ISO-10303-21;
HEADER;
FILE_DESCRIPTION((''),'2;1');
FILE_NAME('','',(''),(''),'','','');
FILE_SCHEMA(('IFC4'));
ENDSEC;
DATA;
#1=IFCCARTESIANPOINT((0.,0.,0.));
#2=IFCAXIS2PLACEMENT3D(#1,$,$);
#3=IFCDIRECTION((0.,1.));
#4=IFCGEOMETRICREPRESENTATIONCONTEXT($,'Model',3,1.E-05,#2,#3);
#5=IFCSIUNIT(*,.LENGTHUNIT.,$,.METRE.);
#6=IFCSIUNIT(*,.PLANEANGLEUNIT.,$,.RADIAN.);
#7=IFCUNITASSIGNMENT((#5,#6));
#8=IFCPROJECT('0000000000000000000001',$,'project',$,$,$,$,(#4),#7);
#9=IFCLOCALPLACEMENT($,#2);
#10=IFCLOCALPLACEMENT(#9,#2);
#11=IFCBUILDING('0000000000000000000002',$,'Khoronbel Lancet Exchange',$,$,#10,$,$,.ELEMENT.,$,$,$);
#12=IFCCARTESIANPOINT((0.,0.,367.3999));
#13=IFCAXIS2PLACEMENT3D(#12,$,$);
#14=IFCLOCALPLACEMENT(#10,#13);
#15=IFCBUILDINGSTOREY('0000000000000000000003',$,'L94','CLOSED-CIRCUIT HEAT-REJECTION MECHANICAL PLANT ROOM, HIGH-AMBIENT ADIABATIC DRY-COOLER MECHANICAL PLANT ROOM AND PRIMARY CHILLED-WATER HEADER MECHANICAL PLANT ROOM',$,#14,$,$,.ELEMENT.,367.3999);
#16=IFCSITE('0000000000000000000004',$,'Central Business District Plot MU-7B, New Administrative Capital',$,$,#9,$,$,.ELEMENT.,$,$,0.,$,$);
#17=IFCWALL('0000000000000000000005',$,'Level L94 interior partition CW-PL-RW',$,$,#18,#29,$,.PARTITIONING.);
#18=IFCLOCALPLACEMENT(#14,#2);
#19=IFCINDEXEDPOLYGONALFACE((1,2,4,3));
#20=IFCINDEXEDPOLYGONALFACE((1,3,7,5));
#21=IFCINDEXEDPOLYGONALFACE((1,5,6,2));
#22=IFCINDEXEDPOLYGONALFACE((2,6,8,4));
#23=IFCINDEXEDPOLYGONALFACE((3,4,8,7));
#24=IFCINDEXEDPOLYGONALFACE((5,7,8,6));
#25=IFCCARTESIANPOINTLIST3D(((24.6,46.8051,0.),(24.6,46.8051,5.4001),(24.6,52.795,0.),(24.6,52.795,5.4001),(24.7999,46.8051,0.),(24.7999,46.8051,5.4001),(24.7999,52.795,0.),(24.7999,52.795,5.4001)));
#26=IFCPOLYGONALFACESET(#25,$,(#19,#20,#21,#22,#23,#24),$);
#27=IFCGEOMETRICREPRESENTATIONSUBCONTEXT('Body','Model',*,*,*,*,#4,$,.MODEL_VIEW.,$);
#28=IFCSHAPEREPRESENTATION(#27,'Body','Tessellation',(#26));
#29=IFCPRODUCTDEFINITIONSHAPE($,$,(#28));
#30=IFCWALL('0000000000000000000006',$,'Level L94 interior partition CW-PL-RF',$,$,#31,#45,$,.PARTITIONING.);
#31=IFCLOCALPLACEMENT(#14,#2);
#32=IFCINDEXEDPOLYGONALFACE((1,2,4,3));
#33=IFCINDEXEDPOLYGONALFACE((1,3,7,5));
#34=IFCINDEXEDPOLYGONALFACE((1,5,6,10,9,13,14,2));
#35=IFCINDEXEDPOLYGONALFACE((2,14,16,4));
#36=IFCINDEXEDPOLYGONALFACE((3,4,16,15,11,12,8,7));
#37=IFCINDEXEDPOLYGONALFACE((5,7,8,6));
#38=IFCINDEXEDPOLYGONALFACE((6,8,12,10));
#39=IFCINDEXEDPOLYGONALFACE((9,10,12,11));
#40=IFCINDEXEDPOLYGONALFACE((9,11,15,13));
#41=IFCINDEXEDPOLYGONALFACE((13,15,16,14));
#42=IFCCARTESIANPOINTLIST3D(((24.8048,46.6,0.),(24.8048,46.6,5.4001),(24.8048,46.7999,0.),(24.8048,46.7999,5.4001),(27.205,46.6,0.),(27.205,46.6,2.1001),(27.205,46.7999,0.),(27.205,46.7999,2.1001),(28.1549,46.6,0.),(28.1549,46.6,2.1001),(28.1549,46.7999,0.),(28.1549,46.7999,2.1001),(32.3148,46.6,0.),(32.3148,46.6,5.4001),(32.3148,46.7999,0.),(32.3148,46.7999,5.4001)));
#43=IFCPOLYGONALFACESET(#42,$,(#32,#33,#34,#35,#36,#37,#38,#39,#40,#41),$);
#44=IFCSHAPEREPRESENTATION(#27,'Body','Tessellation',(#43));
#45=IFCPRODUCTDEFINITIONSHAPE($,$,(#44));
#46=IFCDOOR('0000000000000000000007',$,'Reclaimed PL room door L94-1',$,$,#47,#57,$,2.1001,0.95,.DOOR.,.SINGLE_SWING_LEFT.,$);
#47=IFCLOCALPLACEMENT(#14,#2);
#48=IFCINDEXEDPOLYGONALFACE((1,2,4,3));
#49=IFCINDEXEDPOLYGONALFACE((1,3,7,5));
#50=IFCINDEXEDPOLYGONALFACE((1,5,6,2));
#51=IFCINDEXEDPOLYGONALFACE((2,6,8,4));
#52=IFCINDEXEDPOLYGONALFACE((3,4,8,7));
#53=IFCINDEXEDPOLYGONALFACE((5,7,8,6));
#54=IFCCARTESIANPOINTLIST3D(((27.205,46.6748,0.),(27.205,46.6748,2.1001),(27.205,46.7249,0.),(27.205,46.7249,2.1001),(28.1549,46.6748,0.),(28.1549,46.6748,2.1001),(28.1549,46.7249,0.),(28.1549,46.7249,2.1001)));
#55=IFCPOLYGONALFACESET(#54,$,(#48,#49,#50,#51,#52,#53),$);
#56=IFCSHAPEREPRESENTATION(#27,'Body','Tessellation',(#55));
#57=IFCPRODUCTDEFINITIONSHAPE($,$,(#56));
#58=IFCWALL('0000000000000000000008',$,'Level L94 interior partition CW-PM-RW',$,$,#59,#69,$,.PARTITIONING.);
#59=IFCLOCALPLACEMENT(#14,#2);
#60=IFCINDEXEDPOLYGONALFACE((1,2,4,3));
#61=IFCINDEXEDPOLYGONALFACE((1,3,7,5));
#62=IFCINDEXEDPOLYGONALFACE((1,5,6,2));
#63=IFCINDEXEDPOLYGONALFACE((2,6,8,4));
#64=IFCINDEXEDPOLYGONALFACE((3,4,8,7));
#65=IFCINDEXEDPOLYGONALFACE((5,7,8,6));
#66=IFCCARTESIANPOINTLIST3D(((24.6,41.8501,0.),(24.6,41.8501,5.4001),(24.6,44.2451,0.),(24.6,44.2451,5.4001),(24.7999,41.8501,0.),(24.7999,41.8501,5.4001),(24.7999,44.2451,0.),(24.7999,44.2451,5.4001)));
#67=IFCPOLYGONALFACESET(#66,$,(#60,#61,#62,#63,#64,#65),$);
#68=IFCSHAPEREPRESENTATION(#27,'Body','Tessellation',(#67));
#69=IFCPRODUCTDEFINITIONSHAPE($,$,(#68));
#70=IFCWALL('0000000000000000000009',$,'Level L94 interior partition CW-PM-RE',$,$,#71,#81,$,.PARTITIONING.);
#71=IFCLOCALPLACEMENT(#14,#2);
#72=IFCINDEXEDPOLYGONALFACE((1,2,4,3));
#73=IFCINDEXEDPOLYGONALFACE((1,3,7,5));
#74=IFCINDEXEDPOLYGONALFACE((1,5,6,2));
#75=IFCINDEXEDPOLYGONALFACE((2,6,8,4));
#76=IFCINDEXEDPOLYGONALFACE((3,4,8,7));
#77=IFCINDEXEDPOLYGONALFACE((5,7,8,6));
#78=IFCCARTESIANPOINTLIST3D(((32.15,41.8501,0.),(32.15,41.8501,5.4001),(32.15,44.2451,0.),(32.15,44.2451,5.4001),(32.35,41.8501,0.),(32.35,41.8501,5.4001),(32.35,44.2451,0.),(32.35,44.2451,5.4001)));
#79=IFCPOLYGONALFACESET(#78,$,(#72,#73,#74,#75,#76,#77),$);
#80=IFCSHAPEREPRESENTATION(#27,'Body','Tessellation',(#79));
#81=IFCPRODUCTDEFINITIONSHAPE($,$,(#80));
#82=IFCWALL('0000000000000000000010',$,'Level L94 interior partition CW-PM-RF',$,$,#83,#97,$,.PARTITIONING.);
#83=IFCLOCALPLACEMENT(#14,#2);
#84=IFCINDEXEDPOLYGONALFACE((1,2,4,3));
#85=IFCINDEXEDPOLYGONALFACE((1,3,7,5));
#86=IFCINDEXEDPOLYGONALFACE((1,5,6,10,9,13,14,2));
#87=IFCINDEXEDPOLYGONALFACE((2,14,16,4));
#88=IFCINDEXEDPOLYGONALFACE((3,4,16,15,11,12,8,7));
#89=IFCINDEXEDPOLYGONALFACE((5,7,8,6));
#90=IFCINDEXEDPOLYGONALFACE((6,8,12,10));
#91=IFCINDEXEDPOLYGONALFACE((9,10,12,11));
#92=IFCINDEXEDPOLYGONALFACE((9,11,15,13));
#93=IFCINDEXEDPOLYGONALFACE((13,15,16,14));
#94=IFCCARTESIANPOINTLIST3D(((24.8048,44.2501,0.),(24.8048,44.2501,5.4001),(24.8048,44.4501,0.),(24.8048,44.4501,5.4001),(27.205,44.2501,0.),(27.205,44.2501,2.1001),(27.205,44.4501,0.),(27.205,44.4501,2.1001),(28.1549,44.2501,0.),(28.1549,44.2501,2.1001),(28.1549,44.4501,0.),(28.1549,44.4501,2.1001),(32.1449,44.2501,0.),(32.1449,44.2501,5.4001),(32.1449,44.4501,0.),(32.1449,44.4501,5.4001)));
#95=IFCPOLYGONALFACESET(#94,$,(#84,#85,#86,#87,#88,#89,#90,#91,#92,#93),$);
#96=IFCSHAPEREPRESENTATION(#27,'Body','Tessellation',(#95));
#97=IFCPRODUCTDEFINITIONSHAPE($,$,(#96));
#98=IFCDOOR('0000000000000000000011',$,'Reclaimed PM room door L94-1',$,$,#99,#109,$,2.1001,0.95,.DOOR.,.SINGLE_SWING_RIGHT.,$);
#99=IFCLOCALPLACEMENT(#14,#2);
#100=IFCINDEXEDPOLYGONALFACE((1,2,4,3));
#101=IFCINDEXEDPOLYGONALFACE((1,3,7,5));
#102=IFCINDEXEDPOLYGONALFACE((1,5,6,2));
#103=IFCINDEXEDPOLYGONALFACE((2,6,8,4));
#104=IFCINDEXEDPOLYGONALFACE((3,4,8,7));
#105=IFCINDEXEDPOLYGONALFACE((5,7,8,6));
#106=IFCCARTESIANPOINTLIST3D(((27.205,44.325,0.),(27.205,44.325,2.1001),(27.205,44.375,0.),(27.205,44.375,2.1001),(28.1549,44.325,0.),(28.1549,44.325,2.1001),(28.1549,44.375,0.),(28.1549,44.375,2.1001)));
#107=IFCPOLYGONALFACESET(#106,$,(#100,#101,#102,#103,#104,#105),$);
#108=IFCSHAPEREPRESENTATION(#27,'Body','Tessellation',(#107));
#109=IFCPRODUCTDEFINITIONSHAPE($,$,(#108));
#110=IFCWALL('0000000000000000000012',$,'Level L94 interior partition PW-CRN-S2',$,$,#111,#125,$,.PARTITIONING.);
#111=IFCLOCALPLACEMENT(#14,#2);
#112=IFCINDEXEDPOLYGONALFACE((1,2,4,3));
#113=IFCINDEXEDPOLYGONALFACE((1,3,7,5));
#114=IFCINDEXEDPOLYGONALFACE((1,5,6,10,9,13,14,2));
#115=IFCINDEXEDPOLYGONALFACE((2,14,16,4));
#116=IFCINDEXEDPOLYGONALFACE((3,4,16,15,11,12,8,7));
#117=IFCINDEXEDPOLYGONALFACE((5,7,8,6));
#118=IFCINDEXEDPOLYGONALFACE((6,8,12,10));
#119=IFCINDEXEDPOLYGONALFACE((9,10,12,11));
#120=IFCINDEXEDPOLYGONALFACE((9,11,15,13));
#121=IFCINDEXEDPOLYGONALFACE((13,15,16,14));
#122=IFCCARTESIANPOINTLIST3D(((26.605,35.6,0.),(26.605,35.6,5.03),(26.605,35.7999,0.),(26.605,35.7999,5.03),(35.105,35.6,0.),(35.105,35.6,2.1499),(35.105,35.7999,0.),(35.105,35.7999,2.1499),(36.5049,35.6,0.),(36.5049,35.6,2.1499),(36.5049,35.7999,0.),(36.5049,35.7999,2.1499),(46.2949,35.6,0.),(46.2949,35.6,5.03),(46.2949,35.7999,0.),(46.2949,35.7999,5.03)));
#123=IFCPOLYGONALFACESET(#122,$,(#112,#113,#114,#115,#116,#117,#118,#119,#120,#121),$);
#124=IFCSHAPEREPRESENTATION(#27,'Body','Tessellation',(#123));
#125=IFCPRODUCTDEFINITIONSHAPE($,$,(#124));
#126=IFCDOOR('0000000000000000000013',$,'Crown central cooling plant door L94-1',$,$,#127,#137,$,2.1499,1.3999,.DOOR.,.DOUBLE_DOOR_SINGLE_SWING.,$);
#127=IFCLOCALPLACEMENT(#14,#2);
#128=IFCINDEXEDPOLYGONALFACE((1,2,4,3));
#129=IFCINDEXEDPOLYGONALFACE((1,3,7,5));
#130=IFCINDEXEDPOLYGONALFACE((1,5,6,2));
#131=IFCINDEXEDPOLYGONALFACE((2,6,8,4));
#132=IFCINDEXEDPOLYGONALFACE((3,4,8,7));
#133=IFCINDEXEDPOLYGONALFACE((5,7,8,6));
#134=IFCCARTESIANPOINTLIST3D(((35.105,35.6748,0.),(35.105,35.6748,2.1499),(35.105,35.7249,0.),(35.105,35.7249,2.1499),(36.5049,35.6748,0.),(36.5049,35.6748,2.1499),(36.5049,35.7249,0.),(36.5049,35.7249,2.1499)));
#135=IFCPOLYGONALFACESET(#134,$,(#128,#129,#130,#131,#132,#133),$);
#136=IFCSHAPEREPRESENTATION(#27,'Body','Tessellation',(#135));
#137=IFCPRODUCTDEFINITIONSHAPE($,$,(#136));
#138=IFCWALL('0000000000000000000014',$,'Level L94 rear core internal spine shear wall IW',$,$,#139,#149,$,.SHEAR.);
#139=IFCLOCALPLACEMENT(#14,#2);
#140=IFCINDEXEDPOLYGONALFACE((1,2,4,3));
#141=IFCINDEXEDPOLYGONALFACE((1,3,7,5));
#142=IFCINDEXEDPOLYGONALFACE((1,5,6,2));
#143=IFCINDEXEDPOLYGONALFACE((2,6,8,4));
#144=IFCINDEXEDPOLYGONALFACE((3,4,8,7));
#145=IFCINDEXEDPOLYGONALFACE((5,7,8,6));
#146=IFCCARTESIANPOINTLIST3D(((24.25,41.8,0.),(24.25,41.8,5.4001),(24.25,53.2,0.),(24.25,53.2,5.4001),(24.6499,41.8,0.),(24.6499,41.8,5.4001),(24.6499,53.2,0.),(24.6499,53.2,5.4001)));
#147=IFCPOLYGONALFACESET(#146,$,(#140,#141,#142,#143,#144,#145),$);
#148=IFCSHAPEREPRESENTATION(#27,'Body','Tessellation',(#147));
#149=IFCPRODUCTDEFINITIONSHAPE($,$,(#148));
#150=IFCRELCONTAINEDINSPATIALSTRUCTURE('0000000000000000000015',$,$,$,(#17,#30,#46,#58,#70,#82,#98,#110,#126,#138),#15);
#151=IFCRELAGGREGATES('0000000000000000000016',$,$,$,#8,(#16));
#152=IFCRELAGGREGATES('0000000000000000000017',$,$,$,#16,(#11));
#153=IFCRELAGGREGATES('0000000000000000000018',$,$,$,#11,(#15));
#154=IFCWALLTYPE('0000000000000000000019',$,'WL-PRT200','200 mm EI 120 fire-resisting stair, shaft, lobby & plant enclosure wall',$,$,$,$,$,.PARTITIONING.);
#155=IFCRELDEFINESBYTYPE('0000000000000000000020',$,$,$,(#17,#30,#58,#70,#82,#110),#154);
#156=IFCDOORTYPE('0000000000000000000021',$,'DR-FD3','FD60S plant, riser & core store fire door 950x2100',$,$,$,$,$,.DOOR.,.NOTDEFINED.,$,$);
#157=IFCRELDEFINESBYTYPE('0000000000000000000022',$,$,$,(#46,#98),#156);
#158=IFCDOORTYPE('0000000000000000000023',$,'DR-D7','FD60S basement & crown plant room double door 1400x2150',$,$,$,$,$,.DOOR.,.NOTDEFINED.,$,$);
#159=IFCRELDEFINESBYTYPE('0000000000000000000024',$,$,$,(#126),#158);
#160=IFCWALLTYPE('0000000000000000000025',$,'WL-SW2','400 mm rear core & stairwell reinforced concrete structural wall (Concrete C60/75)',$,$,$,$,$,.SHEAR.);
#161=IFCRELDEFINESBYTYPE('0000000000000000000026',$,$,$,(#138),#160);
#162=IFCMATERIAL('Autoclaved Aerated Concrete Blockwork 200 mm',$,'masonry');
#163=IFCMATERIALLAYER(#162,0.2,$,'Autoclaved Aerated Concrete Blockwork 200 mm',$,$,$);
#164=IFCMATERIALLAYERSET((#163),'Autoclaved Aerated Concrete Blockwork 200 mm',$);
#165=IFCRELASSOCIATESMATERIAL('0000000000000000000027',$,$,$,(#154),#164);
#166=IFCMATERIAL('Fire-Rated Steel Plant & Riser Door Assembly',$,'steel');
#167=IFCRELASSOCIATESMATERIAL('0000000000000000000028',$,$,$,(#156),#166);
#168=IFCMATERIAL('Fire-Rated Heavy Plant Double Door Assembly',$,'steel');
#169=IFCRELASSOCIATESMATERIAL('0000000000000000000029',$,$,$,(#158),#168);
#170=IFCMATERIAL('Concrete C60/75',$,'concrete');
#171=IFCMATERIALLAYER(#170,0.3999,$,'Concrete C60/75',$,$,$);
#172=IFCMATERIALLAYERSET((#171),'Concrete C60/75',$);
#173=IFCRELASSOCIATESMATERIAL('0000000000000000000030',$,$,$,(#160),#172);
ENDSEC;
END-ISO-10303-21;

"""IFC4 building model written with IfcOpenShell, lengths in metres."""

from ifc_helpers import new_model, si_unit, direction, frame, frame_2d, origin, place, context, subcontext, project, spatial, rectangle, extrude, material, layer, layer_set, type_object, element, fill, save


model = new_model("IFC4")

# Units and contexts
model_context = context("Model", 3, precision=1e-05, world=origin(), true_north=direction((0.0, 1.0)))
body_context = subcontext(model_context, "Body", "Model", "MODEL_VIEW")
ifc_project = project(units=[si_unit("LENGTHUNIT", "METRE"), si_unit("PLANEANGLEUNIT", "RADIAN")], contexts=[model_context])

# Site, building, storey
site_placement = place(None, origin())
site = spatial("IfcSite", under=ifc_project, at=site_placement, Name="Central Business District Plot MU-7B, New Administrative Capital", CompositionType="ELEMENT", RefElevation=0.0)
building_placement = place(site_placement, origin())
building = spatial("IfcBuilding", under=site, at=building_placement, Name="Khoronbel Lancet Exchange", CompositionType="ELEMENT")
storey_placement = place(building_placement, frame((0.0, 0.0, 367.3999)))
storey = spatial("IfcBuildingStorey", under=building, at=storey_placement, Name="L94", Description="CLOSED-CIRCUIT HEAT-REJECTION MECHANICAL PLANT ROOM, HIGH-AMBIENT ADIABATIC DRY-COOLER MECHANICAL PLANT ROOM AND PRIMARY CHILLED-WATER HEADER MECHANICAL PLANT ROOM", CompositionType="ELEMENT", Elevation=367.3999)

# Shared definitions
ifc_material_1 = material(Name="Concrete C60/75", Category="concrete")

# Shared definitions
ifc_material_2 = material(Name="Autoclaved Aerated Concrete Blockwork 200 mm", Category="masonry")
ifc_layer_1 = layer(ifc_material_2, 0.2, Name="Autoclaved Aerated Concrete Blockwork 200 mm")
ifc_layer_set_1 = layer_set([ifc_layer_1], Name="Autoclaved Aerated Concrete Blockwork 200 mm")
wall_type_1 = type_object("IfcWallType", Name="WL-PRT200", Description="200 mm EI 120 fire-resisting stair, shaft, lobby & plant enclosure wall", PredefinedType="PARTITIONING", material=ifc_layer_set_1)

# Shared definitions
ifc_material_3 = material(Name="Fire-Rated Steel Plant & Riser Door Assembly", Category="steel")
door_type_1 = type_object("IfcDoorType", Name="DR-FD3", Description="FD60S plant, riser & core store fire door 950x2100", OperationType="NOTDEFINED", PredefinedType="DOOR", material=ifc_material_3)

# Wall
wall_1_placement = place(storey_placement, frame((24.7, 46.8049, 0.0), z_axis=(0.0, 0.0, 1.0), x_axis=(0.0, 1.0, 0.0)))
element("IfcWall", 1, at=wall_1_placement, inside=storey, type_object=wall_type_1, Name="Level L94 interior partition CW-PL-RW", PredefinedType="PARTITIONING", context=body_context, shape_type="SweptSolid", body=[
    extrude(rectangle(XDim=5.99, YDim=0.2, at=frame_2d((2.9951, 0.0))), origin(), (0.0, 0.0, 1.0), 5.4001),
])

# Wall, opening, door
wall_2_placement = place(storey_placement, frame((24.8049, 46.7, 0.0), z_axis=(0.0, 0.0, 1.0), x_axis=(1.0, 0.0, 0.0)))
wall_2 = element("IfcWall", 2, at=wall_2_placement, inside=storey, type_object=wall_type_1, Name="Level L94 interior partition CW-PL-RF", PredefinedType="PARTITIONING", context=body_context, shape_type="SweptSolid", body=[
    extrude(rectangle(XDim=7.51, YDim=0.2, at=frame_2d((3.7549, 0.0))), origin(), (0.0, 0.0, 1.0), 5.4001),
])
opening_1_placement = place(wall_2_placement, frame((2.3999, 0.0, 0.0)))
opening_1 = element("IfcOpeningElement", 3, at=opening_1_placement, cuts=wall_2, PredefinedType="OPENING", context=body_context, shape_type="SweptSolid", body=[
    extrude(rectangle(XDim=0.95, YDim=2.1001, at=frame_2d((0.4751, 1.05))), frame((0.0, 0.1099, 0.0), z_axis=(0.0, -1.0, 0.0), x_axis=(1.0, 0.0, 0.0)), (0.0, 0.0, 1.0), 0.22),
])
door_1_placement = place(opening_1_placement, origin())
door_1 = element("IfcDoor", 4, at=door_1_placement, inside=storey, type_object=door_type_1, Name="Reclaimed PL room door L94-1", OperationType="SINGLE_SWING_LEFT", OverallHeight=2.1001, OverallWidth=0.95, PredefinedType="DOOR", context=body_context, shape_type="SweptSolid", body=[
    extrude(rectangle(XDim=0.95, YDim=2.1001, at=frame_2d((0.4751, 1.05))), frame((0.0, 0.0249, 0.0), z_axis=(0.0, -1.0, 0.0), x_axis=(1.0, 0.0, 0.0)), (0.0, 0.0, 1.0), 0.05),
])
fill(opening_1, door_1)

# Walls
for number, where, z_axis, x_axis, name in (
    (5, (24.7, 41.8501, 0.0), (0.0, 0.0, 1.0), (0.0, 1.0, 0.0), "Level L94 interior partition CW-PM-RW"),
    (6, (32.25, 41.8501, 0.0), (0.0, 0.0, 1.0), (0.0, 1.0, 0.0), "Level L94 interior partition CW-PM-RE"),
):
    element("IfcWall", number, at=place(storey_placement, frame(where, z_axis=z_axis, x_axis=x_axis)), inside=storey, type_object=wall_type_1, Name=name, PredefinedType="PARTITIONING", context=body_context, shape_type="SweptSolid", body=[
        extrude(rectangle(XDim=2.395, YDim=0.2, at=frame_2d((1.1975, 0.0))), origin(), (0.0, 0.0, 1.0), 5.4001),
    ])

# Walls, openings, doors
wall_3_placement = place(storey_placement, frame((24.8049, 44.3501, 0.0), z_axis=(0.0, 0.0, 1.0), x_axis=(1.0, 0.0, 0.0)))
wall_3 = element("IfcWall", 7, at=wall_3_placement, inside=storey, type_object=wall_type_1, Name="Level L94 interior partition CW-PM-RF", PredefinedType="PARTITIONING", context=body_context, shape_type="SweptSolid", body=[
    extrude(rectangle(XDim=7.3401, YDim=0.2, at=frame_2d((3.6699, 0.0))), origin(), (0.0, 0.0, 1.0), 5.4001),
])
opening_2_placement = place(wall_3_placement, frame((2.3999, 0.0, 0.0)))
opening_2 = element("IfcOpeningElement", 8, at=opening_2_placement, cuts=wall_3, PredefinedType="OPENING", context=body_context, shape_type="SweptSolid", body=[
    extrude(rectangle(XDim=0.95, YDim=2.1001, at=frame_2d((0.4751, 1.05))), frame((0.0, 0.1099, 0.0), z_axis=(0.0, -1.0, 0.0), x_axis=(1.0, 0.0, 0.0)), (0.0, 0.0, 1.0), 0.22),
])
door_2_placement = place(opening_2_placement, origin())
door_2 = element("IfcDoor", 9, at=door_2_placement, inside=storey, type_object=door_type_1, Name="Reclaimed PM room door L94-1", OperationType="SINGLE_SWING_RIGHT", OverallHeight=2.1001, OverallWidth=0.95, PredefinedType="DOOR", context=body_context, shape_type="SweptSolid", body=[
    extrude(rectangle(XDim=0.95, YDim=2.1001, at=frame_2d((0.4751, 1.05))), frame((0.0, 0.0249, 0.0), z_axis=(0.0, -1.0, 0.0), x_axis=(1.0, 0.0, 0.0)), (0.0, 0.0, 1.0), 0.05),
])
fill(opening_2, door_2)
wall_4_placement = place(storey_placement, frame((26.605, 35.7, 0.0), z_axis=(0.0, 0.0, 1.0), x_axis=(1.0, 0.0, 0.0)))
wall_4 = element("IfcWall", 10, at=wall_4_placement, inside=storey, type_object=wall_type_1, Name="Level L94 interior partition PW-CRN-S2", PredefinedType="PARTITIONING", context=body_context, shape_type="SweptSolid", body=[
    extrude(rectangle(XDim=19.6899, YDim=0.2, at=frame_2d((9.845, 0.0))), origin(), (0.0, 0.0, 1.0), 5.03),
])
opening_3_placement = place(wall_4_placement, frame((8.5, 0.0, 0.0)))
opening_3 = element("IfcOpeningElement", 11, at=opening_3_placement, cuts=wall_4, PredefinedType="OPENING", context=body_context, shape_type="SweptSolid", body=[
    extrude(rectangle(XDim=1.3999, YDim=2.1499, at=frame_2d((0.7, 1.075))), frame((0.0, 0.1099, 0.0), z_axis=(0.0, -1.0, 0.0), x_axis=(1.0, 0.0, 0.0)), (0.0, 0.0, 1.0), 0.22),
])
ifc_material_4 = material(Name="Fire-Rated Heavy Plant Double Door Assembly", Category="steel")
door_type_2 = type_object("IfcDoorType", Name="DR-D7", Description="FD60S basement & crown plant room double door 1400x2150", OperationType="NOTDEFINED", PredefinedType="DOOR", material=ifc_material_4)
door_3_placement = place(opening_3_placement, origin())
door_3 = element("IfcDoor", 12, at=door_3_placement, inside=storey, type_object=door_type_2, Name="Crown central cooling plant door L94-1", OperationType="DOUBLE_DOOR_SINGLE_SWING", OverallHeight=2.1499, OverallWidth=1.3999, PredefinedType="DOOR", context=body_context, shape_type="SweptSolid", body=[
    extrude(rectangle(XDim=1.3999, YDim=2.1499, at=frame_2d((0.7, 1.075))), frame((0.0, 0.0249, 0.0), z_axis=(0.0, -1.0, 0.0), x_axis=(1.0, 0.0, 0.0)), (0.0, 0.0, 1.0), 0.05),
])
fill(opening_3, door_3)

# Wall
ifc_layer_2 = layer(ifc_material_1, 0.3999, Name="Concrete C60/75")
ifc_layer_set_2 = layer_set([ifc_layer_2], Name="Concrete C60/75")
wall_type_2 = type_object("IfcWallType", Name="WL-SW2", Description="400 mm rear core & stairwell reinforced concrete structural wall (Concrete C60/75)", PredefinedType="SHEAR", material=ifc_layer_set_2)
wall_5_placement = place(storey_placement, frame((24.45, 41.8, 0.0), z_axis=(0.0, 0.0, 1.0), x_axis=(0.0, 1.0, 0.0)))
element("IfcWall", 13, at=wall_5_placement, inside=storey, type_object=wall_type_2, Name="Level L94 rear core internal spine shear wall IW", PredefinedType="SHEAR", context=body_context, shape_type="SweptSolid", body=[
    extrude(rectangle(XDim=11.3999, YDim=0.3999, at=frame_2d((5.7, 0.0))), origin(), (0.0, 0.0, 1.0), 5.4001),
])

save(model, "model.ifc")
